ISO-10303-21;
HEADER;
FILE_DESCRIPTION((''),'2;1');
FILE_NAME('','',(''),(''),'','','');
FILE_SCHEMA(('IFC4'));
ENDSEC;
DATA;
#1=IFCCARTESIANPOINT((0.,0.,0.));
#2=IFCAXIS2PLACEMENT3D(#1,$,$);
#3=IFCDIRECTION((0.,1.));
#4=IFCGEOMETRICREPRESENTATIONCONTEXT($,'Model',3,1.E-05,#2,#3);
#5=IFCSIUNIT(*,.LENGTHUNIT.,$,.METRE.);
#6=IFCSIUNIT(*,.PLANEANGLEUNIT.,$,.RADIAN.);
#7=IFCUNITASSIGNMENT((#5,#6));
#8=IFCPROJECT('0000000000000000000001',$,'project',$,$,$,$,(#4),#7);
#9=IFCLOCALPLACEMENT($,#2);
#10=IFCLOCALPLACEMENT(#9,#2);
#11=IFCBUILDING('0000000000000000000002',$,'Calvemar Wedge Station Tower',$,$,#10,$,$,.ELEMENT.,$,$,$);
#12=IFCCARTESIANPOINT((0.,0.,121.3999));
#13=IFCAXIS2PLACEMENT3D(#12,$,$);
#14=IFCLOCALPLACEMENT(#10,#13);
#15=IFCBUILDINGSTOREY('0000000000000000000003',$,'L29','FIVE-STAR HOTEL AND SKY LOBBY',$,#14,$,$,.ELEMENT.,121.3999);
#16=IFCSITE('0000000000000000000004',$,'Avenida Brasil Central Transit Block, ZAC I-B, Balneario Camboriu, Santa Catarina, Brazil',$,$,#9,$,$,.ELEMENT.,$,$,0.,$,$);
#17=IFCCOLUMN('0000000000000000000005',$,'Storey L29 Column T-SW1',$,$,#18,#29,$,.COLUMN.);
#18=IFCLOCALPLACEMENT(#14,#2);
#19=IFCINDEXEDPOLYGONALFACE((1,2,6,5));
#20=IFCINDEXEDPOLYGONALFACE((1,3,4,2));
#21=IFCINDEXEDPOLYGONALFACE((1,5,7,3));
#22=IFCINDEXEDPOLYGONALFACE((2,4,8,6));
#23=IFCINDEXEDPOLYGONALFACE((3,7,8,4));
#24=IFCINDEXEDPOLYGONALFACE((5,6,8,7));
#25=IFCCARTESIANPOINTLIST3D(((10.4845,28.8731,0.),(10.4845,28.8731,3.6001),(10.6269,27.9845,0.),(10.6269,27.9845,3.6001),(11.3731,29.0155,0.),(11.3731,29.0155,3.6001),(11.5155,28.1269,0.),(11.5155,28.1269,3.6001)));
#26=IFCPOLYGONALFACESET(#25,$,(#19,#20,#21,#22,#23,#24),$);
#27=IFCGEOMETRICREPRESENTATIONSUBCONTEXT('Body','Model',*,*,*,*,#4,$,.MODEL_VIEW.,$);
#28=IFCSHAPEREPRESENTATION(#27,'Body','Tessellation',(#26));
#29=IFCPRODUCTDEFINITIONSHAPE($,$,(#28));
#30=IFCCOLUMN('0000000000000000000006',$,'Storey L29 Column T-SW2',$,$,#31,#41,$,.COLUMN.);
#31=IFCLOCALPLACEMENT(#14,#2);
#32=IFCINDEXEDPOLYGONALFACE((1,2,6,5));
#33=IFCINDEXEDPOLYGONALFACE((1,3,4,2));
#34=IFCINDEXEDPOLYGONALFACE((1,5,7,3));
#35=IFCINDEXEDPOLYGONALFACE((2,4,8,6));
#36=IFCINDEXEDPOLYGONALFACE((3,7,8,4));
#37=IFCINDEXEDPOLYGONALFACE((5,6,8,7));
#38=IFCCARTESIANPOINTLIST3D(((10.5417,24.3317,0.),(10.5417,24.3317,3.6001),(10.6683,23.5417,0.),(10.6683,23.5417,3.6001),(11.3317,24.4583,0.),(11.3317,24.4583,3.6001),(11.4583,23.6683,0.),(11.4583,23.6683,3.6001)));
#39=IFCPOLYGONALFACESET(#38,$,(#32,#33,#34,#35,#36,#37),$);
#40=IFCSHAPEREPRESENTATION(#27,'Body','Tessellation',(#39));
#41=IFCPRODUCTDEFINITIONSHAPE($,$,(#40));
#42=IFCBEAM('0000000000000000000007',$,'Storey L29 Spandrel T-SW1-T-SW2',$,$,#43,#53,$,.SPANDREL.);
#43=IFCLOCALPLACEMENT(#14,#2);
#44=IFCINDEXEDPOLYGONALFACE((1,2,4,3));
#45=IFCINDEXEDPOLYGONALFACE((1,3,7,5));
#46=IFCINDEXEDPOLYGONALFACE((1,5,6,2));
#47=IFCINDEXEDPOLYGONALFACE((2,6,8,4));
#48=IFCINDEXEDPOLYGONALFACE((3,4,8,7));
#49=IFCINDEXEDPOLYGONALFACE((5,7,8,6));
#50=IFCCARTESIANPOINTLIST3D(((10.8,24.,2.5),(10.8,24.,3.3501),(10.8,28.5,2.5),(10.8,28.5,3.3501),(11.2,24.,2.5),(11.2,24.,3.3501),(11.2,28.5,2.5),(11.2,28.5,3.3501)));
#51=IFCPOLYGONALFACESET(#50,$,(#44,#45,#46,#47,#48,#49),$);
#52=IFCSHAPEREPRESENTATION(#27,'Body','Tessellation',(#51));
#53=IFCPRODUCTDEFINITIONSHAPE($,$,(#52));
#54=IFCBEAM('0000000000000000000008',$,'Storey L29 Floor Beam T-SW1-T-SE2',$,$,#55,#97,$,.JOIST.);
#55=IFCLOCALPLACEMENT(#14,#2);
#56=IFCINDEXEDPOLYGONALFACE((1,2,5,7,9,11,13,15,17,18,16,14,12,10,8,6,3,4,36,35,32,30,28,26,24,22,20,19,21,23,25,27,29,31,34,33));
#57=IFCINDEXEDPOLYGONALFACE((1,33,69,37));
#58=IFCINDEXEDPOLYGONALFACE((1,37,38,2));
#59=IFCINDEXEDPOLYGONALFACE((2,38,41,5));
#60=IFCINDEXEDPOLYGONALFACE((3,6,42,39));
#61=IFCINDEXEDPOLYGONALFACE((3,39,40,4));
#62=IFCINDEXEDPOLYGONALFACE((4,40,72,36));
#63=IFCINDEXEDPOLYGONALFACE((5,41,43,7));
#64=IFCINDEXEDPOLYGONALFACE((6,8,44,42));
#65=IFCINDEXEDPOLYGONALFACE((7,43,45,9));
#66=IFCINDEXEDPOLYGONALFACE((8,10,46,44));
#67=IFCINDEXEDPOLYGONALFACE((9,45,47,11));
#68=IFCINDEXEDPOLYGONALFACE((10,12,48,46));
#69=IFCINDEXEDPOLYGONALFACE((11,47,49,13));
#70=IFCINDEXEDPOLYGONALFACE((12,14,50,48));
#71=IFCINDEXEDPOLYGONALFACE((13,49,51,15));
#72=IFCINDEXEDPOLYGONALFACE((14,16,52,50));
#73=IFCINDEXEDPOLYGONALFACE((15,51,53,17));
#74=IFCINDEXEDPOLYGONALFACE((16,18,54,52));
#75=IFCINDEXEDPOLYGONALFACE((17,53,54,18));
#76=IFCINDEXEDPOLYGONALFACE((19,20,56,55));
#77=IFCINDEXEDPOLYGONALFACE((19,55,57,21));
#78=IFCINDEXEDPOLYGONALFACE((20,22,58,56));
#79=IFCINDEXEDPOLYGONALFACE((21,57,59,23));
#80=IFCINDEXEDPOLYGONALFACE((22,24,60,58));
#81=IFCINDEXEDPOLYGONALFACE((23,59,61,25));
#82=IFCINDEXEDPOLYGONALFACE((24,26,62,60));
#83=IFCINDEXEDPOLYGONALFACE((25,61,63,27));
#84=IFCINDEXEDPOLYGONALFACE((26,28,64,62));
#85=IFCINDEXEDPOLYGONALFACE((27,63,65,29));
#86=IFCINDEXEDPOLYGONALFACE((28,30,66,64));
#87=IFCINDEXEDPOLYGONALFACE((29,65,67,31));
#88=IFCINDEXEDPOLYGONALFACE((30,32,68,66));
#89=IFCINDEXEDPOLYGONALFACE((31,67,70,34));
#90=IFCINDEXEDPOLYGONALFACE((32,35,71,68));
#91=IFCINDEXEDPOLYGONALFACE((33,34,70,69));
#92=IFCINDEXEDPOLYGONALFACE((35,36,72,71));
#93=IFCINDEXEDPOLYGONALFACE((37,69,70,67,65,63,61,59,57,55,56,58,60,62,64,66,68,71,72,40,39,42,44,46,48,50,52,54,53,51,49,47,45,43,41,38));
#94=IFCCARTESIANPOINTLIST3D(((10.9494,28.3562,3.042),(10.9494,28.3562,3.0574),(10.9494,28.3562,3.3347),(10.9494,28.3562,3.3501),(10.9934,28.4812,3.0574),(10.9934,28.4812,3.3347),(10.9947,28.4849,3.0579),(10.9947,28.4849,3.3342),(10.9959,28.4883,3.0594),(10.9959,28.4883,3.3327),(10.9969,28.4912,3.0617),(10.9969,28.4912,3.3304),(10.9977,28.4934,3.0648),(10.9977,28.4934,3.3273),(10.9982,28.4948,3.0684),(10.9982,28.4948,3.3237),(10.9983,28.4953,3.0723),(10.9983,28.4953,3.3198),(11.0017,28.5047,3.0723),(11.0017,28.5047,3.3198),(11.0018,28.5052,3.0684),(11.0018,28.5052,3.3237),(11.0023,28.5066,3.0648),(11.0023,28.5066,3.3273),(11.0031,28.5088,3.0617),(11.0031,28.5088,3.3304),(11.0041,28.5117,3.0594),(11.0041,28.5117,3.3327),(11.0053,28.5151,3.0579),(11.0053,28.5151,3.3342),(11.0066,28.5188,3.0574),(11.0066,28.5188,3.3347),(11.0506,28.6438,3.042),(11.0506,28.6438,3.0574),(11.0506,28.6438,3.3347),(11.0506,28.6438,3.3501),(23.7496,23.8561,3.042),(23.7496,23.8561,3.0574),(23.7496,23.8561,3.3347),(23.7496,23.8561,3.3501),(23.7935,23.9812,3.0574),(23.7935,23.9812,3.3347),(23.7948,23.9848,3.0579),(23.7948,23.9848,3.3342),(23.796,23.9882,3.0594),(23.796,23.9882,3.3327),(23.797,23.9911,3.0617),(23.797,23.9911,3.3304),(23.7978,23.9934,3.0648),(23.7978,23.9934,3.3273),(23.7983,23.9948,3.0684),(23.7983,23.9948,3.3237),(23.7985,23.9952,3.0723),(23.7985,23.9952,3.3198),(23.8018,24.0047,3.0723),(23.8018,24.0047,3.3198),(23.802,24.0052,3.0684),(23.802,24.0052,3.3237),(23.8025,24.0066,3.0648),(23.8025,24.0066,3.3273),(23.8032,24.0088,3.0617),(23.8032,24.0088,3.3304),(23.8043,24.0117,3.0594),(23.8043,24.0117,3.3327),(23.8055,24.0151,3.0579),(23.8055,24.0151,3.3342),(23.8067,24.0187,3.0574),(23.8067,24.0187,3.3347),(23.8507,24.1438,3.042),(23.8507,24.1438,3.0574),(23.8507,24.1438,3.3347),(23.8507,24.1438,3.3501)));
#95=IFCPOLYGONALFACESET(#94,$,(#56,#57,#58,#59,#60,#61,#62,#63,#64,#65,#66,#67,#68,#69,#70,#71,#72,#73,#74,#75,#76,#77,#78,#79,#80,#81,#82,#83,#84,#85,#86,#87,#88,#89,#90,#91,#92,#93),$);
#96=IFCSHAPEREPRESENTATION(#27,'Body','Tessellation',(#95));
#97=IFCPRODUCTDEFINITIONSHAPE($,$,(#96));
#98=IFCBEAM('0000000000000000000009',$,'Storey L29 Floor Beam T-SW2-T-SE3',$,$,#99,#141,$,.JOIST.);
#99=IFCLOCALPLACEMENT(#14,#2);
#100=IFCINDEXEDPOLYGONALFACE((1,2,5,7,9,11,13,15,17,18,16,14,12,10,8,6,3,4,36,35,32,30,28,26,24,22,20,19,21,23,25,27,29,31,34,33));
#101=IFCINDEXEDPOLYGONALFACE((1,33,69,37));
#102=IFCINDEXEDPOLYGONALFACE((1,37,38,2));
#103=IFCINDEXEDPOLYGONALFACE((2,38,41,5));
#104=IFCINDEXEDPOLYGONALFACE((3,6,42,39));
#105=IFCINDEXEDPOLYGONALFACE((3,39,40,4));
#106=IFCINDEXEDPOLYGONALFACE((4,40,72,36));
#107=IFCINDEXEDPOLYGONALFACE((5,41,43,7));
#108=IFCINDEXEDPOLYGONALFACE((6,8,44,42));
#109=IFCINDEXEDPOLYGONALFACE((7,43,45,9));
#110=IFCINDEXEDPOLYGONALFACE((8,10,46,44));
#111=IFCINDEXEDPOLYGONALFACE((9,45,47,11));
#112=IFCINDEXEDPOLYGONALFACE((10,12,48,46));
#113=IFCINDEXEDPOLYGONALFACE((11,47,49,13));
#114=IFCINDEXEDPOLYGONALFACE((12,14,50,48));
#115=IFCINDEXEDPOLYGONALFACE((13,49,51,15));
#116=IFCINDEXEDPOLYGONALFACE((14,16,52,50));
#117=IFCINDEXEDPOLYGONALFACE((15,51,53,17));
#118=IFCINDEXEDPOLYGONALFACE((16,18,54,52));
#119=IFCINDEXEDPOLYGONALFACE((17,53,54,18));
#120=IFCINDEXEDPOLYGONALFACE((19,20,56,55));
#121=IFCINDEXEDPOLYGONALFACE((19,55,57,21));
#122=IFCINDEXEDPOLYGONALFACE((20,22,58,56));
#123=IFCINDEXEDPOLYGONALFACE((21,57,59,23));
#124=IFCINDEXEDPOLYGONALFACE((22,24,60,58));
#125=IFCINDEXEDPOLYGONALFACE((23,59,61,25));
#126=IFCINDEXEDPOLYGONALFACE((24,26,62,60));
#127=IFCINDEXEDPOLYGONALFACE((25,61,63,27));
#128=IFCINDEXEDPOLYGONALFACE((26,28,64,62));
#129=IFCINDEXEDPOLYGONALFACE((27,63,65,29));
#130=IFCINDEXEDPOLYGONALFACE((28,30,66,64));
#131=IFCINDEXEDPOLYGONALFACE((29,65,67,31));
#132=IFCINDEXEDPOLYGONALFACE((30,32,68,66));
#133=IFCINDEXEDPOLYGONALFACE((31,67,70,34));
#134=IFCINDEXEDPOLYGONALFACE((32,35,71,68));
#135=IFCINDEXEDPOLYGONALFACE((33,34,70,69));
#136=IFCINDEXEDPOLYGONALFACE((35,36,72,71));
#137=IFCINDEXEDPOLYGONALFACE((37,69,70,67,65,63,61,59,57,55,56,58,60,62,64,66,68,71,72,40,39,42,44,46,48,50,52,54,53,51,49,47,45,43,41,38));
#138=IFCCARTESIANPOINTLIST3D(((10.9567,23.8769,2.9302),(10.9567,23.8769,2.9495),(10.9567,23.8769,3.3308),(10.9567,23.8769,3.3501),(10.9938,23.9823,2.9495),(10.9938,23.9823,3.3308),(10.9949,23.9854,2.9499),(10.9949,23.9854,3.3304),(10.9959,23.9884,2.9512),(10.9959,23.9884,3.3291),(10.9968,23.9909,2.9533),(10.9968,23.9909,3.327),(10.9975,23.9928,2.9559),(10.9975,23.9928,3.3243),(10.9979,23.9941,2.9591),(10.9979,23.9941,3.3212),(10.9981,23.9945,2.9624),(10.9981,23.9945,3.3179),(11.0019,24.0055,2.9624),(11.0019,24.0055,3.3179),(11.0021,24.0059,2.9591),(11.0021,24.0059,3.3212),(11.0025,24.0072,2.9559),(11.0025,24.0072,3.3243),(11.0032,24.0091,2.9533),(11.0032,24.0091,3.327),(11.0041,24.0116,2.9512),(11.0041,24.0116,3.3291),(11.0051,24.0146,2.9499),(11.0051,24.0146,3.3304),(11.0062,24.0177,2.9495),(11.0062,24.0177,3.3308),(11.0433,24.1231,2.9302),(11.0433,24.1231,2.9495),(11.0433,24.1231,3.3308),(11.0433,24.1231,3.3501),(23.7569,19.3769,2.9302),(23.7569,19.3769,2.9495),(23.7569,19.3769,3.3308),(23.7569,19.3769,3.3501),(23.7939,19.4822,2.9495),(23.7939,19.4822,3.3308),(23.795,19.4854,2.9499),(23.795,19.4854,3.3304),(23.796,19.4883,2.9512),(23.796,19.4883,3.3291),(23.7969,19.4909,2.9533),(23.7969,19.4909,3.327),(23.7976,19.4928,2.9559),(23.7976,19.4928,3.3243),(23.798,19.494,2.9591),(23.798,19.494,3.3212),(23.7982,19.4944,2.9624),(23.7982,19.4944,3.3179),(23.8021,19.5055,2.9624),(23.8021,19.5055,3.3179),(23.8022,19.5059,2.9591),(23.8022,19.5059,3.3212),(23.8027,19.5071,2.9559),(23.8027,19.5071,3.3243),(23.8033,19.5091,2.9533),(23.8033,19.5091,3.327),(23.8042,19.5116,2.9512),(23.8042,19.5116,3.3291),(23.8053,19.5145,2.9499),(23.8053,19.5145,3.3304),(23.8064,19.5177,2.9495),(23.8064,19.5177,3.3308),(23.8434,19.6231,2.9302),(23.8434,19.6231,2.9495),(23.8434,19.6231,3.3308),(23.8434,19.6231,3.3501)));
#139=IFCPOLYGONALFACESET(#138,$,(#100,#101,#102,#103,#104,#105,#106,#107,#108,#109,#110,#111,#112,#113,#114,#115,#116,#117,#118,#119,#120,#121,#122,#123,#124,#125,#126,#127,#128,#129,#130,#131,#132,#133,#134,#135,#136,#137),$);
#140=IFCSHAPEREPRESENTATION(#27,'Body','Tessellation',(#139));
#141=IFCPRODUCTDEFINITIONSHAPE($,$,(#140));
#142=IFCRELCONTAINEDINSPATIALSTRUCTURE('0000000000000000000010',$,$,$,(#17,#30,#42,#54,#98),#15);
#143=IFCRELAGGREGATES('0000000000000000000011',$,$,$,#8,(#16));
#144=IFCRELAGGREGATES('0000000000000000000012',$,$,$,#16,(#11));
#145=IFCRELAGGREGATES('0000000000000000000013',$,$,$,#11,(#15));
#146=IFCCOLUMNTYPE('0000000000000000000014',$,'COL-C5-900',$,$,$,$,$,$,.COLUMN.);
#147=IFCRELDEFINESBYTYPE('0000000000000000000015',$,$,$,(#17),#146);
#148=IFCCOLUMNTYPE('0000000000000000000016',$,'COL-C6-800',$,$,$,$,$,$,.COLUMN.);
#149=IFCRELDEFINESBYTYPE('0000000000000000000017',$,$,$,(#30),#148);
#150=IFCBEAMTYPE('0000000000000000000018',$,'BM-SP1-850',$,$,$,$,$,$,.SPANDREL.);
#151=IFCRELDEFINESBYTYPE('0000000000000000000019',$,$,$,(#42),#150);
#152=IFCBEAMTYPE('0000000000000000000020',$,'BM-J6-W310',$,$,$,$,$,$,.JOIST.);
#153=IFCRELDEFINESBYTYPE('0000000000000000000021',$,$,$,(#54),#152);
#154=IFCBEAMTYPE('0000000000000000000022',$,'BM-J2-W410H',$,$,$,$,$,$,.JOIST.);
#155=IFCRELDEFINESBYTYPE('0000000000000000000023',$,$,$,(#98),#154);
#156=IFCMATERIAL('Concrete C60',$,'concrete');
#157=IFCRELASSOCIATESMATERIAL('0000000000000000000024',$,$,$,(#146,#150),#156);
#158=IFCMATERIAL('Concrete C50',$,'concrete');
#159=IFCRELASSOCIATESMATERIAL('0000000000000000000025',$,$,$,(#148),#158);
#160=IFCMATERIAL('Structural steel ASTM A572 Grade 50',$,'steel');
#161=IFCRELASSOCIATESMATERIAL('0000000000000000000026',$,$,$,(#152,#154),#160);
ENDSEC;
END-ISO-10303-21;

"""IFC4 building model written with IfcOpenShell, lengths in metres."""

from ifc_helpers import new_model, si_unit, direction, frame, origin, origin_2d, place, context, subcontext, project, spatial, rectangle, i_section, extrude, source, transform, mapped, material, material_profile, profile_set, type_object, element, save


model = new_model("IFC4")

# Units and contexts
model_context = context("Model", 3, precision=1e-05, world=origin(), true_north=direction((0.0, 1.0)))
body_context = subcontext(model_context, "Body", "Model", "MODEL_VIEW")
ifc_project = project(units=[si_unit("LENGTHUNIT", "METRE"), si_unit("PLANEANGLEUNIT", "RADIAN")], contexts=[model_context])

# Site, building, storey
site_placement = place(None, origin())
site = spatial("IfcSite", under=ifc_project, at=site_placement, Name="Avenida Brasil Central Transit Block, ZAC I-B, Balneario Camboriu, Santa Catarina, Brazil", CompositionType="ELEMENT", RefElevation=0.0)
building_placement = place(site_placement, origin())
building = spatial("IfcBuilding", under=site, at=building_placement, Name="Calvemar Wedge Station Tower", CompositionType="ELEMENT")
storey_placement = place(building_placement, frame((0.0, 0.0, 121.3999)))
storey = spatial("IfcBuildingStorey", under=building, at=storey_placement, Name="L29", Description="FIVE-STAR HOTEL AND SKY LOBBY", CompositionType="ELEMENT", Elevation=121.3999)

# Columns
ifc_material_1 = material(Name="Concrete C60", Category="concrete")
ifc_material_profile_1 = material_profile(ifc_material_1, rectangle(XDim=0.8999, YDim=0.8999, at=origin_2d()), Name="RC900x900")
ifc_profile_set_1 = profile_set([ifc_material_profile_1], Name="Concrete C60")
column_type_1 = type_object("IfcColumnType", Name="COL-C5-900", PredefinedType="COLUMN", material=ifc_profile_set_1)
shared_shape_1 = source(origin(), body_context, "Body", "SweptSolid", [
    extrude(rectangle(XDim=0.8999, YDim=0.8999, at=origin_2d()), origin(), (0.0, 0.0, 1.0), 3.6001),
])
column_1_placement = place(storey_placement, frame((11.0, 28.5, 0.0), z_axis=(0.0, 0.0, 1.0), x_axis=(0.158158, -0.987414, 0.0)))
element("IfcColumn", 1, at=column_1_placement, inside=storey, type_object=column_type_1, Name="Storey L29 Column T-SW1", PredefinedType="COLUMN", context=body_context, shape_type="MappedRepresentation", body=[
    mapped(shared_shape_1, transform((0.0, 0.0, 0.0), scale=1.0)),
])
ifc_material_2 = material(Name="Concrete C50", Category="concrete")
ifc_material_profile_2 = material_profile(ifc_material_2, rectangle(XDim=0.8, YDim=0.8, at=origin_2d()), Name="RC800x800")
ifc_profile_set_2 = profile_set([ifc_material_profile_2], Name="Concrete C50")
column_type_2 = type_object("IfcColumnType", Name="COL-C6-800", PredefinedType="COLUMN", material=ifc_profile_set_2)
shared_shape_2 = source(origin(), body_context, "Body", "SweptSolid", [
    extrude(rectangle(XDim=0.8, YDim=0.8, at=origin_2d()), origin(), (0.0, 0.0, 1.0), 3.6001),
])
column_2_placement = place(storey_placement, frame((11.0, 24.0, 0.0), z_axis=(0.0, 0.0, 1.0), x_axis=(0.158158, -0.987414, 0.0)))
element("IfcColumn", 2, at=column_2_placement, inside=storey, type_object=column_type_2, Name="Storey L29 Column T-SW2", PredefinedType="COLUMN", context=body_context, shape_type="MappedRepresentation", body=[
    mapped(shared_shape_2, transform((0.0, 0.0, 0.0), scale=1.0)),
])

# Beams
ifc_material_profile_3 = material_profile(ifc_material_1, rectangle(XDim=0.3999, YDim=0.8501, at=origin_2d()), Name="RC400x850")
ifc_profile_set_3 = profile_set([ifc_material_profile_3], Name="Concrete C60")
beam_type_1 = type_object("IfcBeamType", Name="BM-SP1-850", PredefinedType="SPANDREL", material=ifc_profile_set_3)
shared_shape_3 = source(origin(), body_context, "Body", "SweptSolid", [
    extrude(rectangle(XDim=0.3999, YDim=0.8501, at=origin_2d()), origin(), (0.0, 0.0, 1.0), 4.5),
])
beam_1_placement = place(storey_placement, frame((11.0, 28.5, 2.925), z_axis=(0.0, -1.0, 0.0), x_axis=(1.0, 0.0, 0.0)))
element("IfcBeam", 3, at=beam_1_placement, inside=storey, type_object=beam_type_1, Name="Storey L29 Spandrel T-SW1-T-SW2", PredefinedType="SPANDREL", context=body_context, shape_type="MappedRepresentation", body=[
    mapped(shared_shape_3, transform((0.0, 0.0, 0.0), scale=1.0)),
])
ifc_material_3 = material(Name="Structural steel ASTM A572 Grade 50", Category="steel")
ifc_material_profile_4 = material_profile(ifc_material_3, i_section(OverallWidth=0.3049, OverallDepth=0.3081, WebThickness=0.01, FlangeThickness=0.0154, FilletRadius=0.0149, at=origin_2d()), Name="W310x97")
ifc_profile_set_4 = profile_set([ifc_material_profile_4], Name="Structural steel ASTM A572 Grade 50")
beam_type_2 = type_object("IfcBeamType", Name="BM-J6-W310", PredefinedType="JOIST", material=ifc_profile_set_4)
shared_shape_4 = source(origin(), body_context, "Body", "SweptSolid", [
    extrude(i_section(OverallWidth=0.3049, OverallDepth=0.3081, WebThickness=0.01, FlangeThickness=0.0154, FilletRadius=0.0149, at=origin_2d()), origin(), (0.0, 0.0, 1.0), 13.5681),
])
beam_2_placement = place(storey_placement, frame((11.0, 28.5, 3.196), z_axis=(0.943398, -0.331662, 0.0), x_axis=(0.331662, 0.943398, 0.0)))
element("IfcBeam", 4, at=beam_2_placement, inside=storey, type_object=beam_type_2, Name="Storey L29 Floor Beam T-SW1-T-SE2", PredefinedType="JOIST", context=body_context, shape_type="MappedRepresentation", body=[
    mapped(shared_shape_4, transform((0.0, 0.0, 0.0), scale=1.0)),
])
ifc_material_profile_5 = material_profile(ifc_material_3, i_section(OverallWidth=0.261, OverallDepth=0.4199, WebThickness=0.0117, FlangeThickness=0.0193, FilletRadius=0.0129, at=origin_2d()), Name="W410x114")
ifc_profile_set_5 = profile_set([ifc_material_profile_5], Name="Structural steel ASTM A572 Grade 50")
beam_type_3 = type_object("IfcBeamType", Name="BM-J2-W410H", PredefinedType="JOIST", material=ifc_profile_set_5)
shared_shape_5 = source(origin(), body_context, "Body", "SweptSolid", [
    extrude(i_section(OverallWidth=0.261, OverallDepth=0.4199, WebThickness=0.0117, FlangeThickness=0.0193, FilletRadius=0.0129, at=origin_2d()), origin(), (0.0, 0.0, 1.0), 13.5681),
])
beam_3_placement = place(storey_placement, frame((11.0, 24.0, 3.1401), z_axis=(0.943398, -0.331662, 0.0), x_axis=(0.331662, 0.943398, 0.0)))
element("IfcBeam", 5, at=beam_3_placement, inside=storey, type_object=beam_type_3, Name="Storey L29 Floor Beam T-SW2-T-SE3", PredefinedType="JOIST", context=body_context, shape_type="MappedRepresentation", body=[
    mapped(shared_shape_5, transform((0.0, 0.0, 0.0), scale=1.0)),
])

save(model, "model.ifc")
